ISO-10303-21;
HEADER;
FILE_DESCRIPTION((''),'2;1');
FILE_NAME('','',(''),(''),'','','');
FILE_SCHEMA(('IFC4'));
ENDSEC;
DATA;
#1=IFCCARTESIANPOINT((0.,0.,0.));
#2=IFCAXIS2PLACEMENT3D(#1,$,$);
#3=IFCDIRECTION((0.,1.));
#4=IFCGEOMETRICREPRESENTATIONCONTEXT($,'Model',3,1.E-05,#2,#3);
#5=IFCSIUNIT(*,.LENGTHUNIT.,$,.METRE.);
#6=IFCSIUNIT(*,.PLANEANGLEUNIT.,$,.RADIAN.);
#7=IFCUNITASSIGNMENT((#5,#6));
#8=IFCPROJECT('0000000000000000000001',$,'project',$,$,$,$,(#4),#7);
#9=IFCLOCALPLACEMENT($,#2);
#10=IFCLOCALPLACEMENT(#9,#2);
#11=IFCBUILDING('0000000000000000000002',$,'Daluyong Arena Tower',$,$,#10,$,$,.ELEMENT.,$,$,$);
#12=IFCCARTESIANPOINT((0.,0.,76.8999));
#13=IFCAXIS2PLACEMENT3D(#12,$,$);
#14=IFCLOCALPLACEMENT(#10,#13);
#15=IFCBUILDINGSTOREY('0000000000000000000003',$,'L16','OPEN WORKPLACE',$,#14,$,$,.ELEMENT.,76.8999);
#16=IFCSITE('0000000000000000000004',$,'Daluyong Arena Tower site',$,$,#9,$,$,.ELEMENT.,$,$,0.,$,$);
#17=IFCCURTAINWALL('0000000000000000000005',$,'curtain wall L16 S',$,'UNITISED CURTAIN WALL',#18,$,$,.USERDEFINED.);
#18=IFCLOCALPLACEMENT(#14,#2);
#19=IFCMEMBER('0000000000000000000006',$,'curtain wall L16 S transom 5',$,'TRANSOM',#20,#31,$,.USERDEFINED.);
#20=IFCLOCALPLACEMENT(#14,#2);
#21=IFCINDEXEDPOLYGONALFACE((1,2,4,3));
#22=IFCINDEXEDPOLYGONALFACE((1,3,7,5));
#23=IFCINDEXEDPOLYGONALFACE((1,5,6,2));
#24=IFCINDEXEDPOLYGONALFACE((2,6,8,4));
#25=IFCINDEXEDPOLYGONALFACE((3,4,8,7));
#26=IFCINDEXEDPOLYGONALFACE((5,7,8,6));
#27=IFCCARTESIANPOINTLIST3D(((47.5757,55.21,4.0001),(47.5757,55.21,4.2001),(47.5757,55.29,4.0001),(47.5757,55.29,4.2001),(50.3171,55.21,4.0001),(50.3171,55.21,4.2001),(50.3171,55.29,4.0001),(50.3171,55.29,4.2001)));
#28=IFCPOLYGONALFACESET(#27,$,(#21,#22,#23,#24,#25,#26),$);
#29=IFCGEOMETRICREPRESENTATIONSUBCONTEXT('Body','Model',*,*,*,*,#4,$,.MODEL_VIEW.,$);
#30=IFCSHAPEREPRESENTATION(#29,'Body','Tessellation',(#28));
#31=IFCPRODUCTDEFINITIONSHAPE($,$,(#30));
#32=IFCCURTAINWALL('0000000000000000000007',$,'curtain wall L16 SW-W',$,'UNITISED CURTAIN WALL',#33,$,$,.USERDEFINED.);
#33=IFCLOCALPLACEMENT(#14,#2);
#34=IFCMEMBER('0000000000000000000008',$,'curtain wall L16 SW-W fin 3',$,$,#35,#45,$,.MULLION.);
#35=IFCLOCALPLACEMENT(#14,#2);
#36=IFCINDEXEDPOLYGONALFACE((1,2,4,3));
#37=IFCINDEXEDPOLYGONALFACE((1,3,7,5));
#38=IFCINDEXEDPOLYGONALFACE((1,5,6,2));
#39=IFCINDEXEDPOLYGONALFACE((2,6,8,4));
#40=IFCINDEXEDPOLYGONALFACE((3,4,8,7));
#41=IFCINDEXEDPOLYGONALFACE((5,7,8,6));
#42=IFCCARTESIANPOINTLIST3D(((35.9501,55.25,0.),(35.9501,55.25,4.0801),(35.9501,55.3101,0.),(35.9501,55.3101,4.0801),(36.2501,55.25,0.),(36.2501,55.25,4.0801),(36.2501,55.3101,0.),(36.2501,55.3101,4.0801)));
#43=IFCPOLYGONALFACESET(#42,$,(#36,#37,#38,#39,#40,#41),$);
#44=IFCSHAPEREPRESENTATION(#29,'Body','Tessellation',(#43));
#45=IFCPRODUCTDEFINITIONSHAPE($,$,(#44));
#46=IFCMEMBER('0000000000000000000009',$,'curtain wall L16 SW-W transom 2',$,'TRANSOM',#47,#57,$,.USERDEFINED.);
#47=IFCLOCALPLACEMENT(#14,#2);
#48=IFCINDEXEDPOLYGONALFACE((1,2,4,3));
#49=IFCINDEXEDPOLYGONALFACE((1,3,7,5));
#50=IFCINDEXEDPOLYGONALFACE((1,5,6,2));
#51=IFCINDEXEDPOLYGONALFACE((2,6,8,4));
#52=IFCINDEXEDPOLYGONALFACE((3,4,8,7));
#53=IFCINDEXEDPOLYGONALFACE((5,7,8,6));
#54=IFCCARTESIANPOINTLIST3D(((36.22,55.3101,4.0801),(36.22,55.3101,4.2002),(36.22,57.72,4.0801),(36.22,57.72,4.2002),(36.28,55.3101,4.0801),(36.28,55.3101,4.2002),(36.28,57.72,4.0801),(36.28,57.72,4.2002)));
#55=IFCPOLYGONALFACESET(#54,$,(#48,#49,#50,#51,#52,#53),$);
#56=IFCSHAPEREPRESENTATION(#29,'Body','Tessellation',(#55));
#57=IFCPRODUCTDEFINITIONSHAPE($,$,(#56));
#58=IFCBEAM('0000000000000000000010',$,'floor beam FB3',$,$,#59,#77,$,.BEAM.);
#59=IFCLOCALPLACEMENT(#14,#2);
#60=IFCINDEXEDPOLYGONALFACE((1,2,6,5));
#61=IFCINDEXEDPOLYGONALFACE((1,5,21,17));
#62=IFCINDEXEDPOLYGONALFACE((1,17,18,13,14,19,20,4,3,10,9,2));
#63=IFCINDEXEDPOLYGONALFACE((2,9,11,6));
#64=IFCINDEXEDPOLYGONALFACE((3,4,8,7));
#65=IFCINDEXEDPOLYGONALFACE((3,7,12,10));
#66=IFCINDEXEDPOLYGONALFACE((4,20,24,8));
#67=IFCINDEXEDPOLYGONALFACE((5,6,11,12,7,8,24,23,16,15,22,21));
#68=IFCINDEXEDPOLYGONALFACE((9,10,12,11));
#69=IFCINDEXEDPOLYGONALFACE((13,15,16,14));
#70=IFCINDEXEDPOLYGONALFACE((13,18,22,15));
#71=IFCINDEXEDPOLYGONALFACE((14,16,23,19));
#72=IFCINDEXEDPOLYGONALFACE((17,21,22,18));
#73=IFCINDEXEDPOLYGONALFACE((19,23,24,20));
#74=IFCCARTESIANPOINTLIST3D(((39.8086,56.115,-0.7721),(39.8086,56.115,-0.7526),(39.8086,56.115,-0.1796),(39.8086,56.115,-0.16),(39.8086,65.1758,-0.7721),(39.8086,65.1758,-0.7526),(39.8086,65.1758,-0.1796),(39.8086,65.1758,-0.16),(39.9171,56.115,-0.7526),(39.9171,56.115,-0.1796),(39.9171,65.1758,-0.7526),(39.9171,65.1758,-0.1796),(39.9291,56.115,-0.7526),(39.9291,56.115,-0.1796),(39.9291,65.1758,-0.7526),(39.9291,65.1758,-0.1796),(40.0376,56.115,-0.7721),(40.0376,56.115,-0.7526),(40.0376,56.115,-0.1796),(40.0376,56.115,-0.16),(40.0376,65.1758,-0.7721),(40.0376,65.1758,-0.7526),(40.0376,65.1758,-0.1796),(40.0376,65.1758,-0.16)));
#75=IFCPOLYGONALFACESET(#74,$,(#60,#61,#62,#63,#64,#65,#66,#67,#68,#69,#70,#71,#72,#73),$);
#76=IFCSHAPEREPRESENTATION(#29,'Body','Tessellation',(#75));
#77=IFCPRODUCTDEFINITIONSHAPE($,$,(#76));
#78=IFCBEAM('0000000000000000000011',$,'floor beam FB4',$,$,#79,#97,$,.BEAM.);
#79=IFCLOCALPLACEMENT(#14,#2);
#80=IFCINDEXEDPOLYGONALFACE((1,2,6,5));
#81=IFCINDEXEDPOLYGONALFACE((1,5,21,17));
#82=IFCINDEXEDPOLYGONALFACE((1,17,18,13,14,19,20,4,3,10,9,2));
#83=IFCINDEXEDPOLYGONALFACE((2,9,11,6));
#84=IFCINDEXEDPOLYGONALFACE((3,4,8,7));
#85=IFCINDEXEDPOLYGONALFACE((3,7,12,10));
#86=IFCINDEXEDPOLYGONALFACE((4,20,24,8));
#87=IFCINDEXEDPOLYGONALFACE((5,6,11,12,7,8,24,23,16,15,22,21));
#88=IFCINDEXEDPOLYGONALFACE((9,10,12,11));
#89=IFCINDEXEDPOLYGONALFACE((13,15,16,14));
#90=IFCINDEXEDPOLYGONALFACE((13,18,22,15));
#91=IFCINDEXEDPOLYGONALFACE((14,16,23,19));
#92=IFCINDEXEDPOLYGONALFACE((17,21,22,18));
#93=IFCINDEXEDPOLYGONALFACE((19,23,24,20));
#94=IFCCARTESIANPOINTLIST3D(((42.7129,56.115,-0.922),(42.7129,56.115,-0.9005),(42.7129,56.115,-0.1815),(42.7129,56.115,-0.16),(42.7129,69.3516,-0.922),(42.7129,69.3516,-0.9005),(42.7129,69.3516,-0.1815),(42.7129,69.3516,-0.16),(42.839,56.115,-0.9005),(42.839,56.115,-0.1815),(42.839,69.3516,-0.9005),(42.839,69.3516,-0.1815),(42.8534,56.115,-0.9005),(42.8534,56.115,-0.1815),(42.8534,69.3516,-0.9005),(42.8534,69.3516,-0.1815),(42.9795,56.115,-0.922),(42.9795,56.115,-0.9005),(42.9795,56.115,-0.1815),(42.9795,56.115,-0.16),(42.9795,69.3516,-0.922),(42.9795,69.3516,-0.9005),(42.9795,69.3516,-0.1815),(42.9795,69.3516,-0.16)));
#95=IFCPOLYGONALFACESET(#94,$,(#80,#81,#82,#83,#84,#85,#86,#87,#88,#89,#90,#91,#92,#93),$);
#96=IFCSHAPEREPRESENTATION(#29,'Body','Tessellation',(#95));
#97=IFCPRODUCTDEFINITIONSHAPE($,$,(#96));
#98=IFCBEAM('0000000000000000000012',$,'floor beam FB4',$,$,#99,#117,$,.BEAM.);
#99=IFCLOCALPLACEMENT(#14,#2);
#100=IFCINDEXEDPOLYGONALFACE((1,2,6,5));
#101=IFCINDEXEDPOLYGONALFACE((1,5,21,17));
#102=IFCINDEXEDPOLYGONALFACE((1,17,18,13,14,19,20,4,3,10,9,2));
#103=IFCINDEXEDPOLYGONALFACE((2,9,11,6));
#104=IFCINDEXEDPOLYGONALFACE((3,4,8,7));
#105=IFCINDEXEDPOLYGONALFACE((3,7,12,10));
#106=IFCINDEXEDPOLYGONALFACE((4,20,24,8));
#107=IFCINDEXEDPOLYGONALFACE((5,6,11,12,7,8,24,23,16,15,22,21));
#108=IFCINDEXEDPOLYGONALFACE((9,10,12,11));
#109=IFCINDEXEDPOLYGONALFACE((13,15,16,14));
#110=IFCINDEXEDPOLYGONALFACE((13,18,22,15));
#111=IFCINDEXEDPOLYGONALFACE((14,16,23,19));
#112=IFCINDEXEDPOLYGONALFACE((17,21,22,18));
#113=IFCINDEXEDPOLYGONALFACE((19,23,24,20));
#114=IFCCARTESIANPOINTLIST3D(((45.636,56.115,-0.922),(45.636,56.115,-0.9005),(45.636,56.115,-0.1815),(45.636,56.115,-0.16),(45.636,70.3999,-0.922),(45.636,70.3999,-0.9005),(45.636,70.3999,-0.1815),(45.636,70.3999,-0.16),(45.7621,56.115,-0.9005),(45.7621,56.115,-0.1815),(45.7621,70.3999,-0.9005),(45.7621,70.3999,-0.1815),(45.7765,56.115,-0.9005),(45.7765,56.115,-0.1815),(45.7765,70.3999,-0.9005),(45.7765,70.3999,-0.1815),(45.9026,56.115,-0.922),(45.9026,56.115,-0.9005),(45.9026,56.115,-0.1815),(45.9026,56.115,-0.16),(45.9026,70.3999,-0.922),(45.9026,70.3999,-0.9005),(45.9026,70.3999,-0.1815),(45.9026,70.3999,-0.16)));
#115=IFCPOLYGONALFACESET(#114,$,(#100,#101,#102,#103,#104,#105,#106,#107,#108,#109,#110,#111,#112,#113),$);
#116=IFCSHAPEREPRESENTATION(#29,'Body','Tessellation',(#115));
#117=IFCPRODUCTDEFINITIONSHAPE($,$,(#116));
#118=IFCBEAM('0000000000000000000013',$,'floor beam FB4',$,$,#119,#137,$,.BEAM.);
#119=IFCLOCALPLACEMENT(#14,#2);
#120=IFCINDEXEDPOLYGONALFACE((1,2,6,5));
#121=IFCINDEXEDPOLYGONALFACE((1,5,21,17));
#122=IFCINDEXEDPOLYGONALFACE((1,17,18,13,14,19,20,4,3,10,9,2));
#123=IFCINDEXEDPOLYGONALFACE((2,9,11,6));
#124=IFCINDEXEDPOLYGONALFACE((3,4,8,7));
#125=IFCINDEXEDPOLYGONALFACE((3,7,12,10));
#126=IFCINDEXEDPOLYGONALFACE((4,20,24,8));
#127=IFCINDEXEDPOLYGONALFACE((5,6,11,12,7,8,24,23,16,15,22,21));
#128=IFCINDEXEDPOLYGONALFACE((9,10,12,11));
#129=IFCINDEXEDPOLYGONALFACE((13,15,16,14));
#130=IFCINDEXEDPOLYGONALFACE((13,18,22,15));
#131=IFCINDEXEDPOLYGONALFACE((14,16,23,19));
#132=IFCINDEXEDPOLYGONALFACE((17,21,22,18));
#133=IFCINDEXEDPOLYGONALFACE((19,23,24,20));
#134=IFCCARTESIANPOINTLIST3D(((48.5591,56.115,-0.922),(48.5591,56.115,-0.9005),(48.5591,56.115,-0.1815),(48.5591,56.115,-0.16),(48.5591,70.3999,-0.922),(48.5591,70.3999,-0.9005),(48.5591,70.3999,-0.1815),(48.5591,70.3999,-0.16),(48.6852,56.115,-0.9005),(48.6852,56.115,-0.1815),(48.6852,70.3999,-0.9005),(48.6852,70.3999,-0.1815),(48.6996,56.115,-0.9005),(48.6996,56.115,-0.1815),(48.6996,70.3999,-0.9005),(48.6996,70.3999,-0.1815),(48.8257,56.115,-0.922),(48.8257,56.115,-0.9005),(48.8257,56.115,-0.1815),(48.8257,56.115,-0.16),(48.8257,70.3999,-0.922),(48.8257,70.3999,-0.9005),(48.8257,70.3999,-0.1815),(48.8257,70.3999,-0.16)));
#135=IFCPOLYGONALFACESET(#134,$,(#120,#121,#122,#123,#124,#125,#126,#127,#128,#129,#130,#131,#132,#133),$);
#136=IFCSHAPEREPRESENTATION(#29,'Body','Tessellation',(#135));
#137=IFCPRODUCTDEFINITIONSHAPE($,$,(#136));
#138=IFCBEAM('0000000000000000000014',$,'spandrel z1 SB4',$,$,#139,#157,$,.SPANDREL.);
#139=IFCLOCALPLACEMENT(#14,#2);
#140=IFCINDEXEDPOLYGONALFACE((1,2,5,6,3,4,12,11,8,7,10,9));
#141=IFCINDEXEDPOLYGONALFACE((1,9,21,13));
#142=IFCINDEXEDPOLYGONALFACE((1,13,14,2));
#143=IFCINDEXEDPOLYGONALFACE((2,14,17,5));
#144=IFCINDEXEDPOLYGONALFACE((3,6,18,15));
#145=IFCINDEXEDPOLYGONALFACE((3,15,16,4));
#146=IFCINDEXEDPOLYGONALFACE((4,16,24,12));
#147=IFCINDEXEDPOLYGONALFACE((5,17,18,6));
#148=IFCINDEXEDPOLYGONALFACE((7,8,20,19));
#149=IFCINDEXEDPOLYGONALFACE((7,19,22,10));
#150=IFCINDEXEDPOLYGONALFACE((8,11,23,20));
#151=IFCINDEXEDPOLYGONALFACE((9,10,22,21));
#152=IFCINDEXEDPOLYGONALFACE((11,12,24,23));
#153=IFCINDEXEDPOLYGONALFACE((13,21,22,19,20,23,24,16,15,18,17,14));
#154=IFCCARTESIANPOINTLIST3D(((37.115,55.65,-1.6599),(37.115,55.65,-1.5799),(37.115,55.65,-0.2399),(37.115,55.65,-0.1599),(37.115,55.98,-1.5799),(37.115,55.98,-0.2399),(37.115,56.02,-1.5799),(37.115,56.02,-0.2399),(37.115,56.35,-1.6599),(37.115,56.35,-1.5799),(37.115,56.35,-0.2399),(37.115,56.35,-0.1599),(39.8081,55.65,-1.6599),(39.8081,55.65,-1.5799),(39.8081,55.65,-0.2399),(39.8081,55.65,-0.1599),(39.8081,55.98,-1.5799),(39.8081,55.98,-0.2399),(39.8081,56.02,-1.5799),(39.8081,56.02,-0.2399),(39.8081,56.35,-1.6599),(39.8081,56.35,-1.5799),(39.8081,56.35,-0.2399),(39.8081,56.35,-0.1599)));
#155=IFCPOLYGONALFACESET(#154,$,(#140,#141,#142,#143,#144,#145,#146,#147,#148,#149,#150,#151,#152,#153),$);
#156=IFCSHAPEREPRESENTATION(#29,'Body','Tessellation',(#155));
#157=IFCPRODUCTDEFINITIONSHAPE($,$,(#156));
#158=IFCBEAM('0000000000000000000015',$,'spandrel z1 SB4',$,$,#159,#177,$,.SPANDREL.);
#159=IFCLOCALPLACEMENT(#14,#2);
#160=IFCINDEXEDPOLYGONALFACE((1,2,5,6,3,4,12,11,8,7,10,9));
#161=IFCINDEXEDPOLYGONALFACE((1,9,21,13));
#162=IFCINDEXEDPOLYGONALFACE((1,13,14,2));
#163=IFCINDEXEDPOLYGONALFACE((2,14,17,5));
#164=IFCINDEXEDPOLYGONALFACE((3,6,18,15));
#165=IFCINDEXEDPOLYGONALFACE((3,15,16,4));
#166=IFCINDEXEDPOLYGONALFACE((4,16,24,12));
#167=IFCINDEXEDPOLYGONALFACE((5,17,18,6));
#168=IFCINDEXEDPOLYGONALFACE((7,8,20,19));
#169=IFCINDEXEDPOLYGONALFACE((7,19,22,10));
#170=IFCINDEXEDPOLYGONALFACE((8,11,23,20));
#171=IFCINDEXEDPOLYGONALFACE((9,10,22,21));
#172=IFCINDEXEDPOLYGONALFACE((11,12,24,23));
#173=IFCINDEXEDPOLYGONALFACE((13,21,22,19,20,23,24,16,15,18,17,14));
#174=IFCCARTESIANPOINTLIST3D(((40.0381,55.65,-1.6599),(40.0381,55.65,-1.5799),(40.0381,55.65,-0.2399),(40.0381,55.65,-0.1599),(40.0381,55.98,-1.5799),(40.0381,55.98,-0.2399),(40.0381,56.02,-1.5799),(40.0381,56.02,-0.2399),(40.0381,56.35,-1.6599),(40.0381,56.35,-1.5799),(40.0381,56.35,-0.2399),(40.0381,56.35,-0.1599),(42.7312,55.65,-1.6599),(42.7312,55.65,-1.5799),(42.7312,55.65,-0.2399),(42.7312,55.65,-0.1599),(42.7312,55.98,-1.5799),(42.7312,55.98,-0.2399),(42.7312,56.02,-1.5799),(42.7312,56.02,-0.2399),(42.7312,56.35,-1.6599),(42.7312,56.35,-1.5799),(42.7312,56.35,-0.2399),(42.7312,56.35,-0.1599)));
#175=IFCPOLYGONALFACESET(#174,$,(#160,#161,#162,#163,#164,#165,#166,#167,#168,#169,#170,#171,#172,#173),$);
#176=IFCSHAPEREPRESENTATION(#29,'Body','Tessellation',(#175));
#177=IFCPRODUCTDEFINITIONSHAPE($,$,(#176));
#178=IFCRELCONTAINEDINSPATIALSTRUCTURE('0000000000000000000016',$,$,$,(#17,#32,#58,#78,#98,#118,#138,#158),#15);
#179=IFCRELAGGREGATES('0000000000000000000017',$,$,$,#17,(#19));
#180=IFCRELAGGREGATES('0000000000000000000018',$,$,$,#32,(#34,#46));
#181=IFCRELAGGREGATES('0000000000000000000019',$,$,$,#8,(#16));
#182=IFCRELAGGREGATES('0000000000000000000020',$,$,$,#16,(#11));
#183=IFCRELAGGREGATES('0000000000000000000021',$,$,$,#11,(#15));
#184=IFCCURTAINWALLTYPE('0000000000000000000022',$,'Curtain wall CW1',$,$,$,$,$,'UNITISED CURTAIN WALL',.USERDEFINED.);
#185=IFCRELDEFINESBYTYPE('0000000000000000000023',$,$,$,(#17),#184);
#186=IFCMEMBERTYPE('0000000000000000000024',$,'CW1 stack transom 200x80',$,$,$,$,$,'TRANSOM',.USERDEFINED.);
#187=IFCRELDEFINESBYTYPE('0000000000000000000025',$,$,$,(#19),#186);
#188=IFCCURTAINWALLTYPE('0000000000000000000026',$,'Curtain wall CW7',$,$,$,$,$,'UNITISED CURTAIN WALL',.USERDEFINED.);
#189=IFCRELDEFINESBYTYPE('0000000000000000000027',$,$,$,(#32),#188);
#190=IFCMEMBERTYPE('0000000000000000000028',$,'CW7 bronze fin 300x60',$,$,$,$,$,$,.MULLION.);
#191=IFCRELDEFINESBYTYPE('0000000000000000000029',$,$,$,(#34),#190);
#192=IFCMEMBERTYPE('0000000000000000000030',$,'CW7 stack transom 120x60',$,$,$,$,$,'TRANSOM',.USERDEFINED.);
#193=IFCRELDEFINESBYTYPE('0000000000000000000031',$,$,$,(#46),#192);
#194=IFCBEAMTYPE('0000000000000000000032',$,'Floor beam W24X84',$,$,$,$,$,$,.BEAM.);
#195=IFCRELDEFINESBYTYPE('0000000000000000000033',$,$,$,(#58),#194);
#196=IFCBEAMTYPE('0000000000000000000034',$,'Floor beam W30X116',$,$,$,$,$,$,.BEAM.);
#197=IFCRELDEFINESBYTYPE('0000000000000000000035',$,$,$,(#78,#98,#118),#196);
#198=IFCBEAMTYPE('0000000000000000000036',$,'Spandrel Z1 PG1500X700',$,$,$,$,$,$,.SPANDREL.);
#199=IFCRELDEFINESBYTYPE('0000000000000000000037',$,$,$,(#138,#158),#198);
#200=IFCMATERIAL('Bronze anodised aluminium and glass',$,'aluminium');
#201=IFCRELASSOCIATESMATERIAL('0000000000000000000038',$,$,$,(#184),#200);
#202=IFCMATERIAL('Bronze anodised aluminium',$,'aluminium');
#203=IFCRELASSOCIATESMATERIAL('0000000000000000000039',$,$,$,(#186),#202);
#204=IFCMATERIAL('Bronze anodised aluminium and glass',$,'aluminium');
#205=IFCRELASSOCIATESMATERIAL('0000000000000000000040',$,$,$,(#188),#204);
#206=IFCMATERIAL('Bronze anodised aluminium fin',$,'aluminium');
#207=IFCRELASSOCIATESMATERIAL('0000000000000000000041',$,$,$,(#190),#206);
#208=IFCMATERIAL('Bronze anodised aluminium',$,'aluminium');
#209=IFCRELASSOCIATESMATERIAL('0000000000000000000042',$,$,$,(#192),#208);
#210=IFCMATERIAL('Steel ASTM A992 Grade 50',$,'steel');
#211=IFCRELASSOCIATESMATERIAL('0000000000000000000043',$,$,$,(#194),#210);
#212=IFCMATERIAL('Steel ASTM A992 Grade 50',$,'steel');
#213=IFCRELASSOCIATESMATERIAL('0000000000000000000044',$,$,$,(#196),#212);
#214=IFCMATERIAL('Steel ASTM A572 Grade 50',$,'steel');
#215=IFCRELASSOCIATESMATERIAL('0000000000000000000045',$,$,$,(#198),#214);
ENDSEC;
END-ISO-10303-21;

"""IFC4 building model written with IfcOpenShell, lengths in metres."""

from ifc_helpers import new_model, si_unit, direction, frame, origin, origin_2d, place, context, subcontext, project, spatial, rectangle, i_section, extrude, material, material_profile, profile_set, type_object, element, aggregate, save


model = new_model("IFC4")

# Units and contexts
model_context = context("Model", 3, precision=1e-05, world=origin(), true_north=direction((0.0, 1.0)))
body_context = subcontext(model_context, "Body", "Model", "MODEL_VIEW")
ifc_project = project(units=[si_unit("LENGTHUNIT", "METRE"), si_unit("PLANEANGLEUNIT", "RADIAN")], contexts=[model_context])

# Site, building, storey
site_placement = place(None, origin())
site = spatial("IfcSite", under=ifc_project, at=site_placement, Name="Daluyong Arena Tower site", CompositionType="ELEMENT", RefElevation=0.0)
building_placement = place(site_placement, origin())
building = spatial("IfcBuilding", under=site, at=building_placement, Name="Daluyong Arena Tower", CompositionType="ELEMENT")
storey_placement = place(building_placement, frame((0.0, 0.0, 76.8999)))
storey = spatial("IfcBuildingStorey", under=building, at=storey_placement, Name="L16", Description="OPEN WORKPLACE", CompositionType="ELEMENT", Elevation=76.8999)

# Curtain walls, members
ifc_material_1 = material(Name="Bronze anodised aluminium and glass", Category="aluminium")
curtain_wall_type_1 = type_object("IfcCurtainWallType", Name="Curtain wall CW1", ElementType="UNITISED CURTAIN WALL", PredefinedType="USERDEFINED", material=ifc_material_1)
curtain_wall_1_placement = place(storey_placement, origin())
curtain_wall_1 = element("IfcCurtainWall", 1, at=curtain_wall_1_placement, inside=storey, type_object=curtain_wall_type_1, Name="curtain wall L16 S", ObjectType="UNITISED CURTAIN WALL", PredefinedType="USERDEFINED")
ifc_material_2 = material(Name="Bronze anodised aluminium", Category="aluminium")
ifc_material_profile_1 = material_profile(ifc_material_2, rectangle(XDim=0.0801, YDim=0.2, at=origin_2d()))
ifc_profile_set_1 = profile_set([ifc_material_profile_1], Name="Bronze anodised aluminium")
member_type_1 = type_object("IfcMemberType", Name="CW1 stack transom 200x80", ElementType="TRANSOM", PredefinedType="USERDEFINED", material=ifc_profile_set_1)
member_1_placement = place(storey_placement, frame((47.5757, 55.25, 4.1001), z_axis=(1.0, 0.0, 0.0), x_axis=(0.0, 1.0, 0.0)))
member_1 = element("IfcMember", 2, at=member_1_placement, type_object=member_type_1, Name="curtain wall L16 S transom 5", ObjectType="TRANSOM", PredefinedType="USERDEFINED", context=body_context, shape_type="SweptSolid", body=[
    extrude(rectangle(XDim=0.0801, YDim=0.2, at=origin_2d()), origin(), (0.0, 0.0, 1.0), 2.7415),
])
ifc_material_3 = material(Name="Bronze anodised aluminium and glass", Category="aluminium")
curtain_wall_type_2 = type_object("IfcCurtainWallType", Name="Curtain wall CW7", ElementType="UNITISED CURTAIN WALL", PredefinedType="USERDEFINED", material=ifc_material_3)
curtain_wall_2_placement = place(storey_placement, origin())
curtain_wall_2 = element("IfcCurtainWall", 3, at=curtain_wall_2_placement, inside=storey, type_object=curtain_wall_type_2, Name="curtain wall L16 SW-W", ObjectType="UNITISED CURTAIN WALL", PredefinedType="USERDEFINED")
ifc_material_4 = material(Name="Bronze anodised aluminium fin", Category="aluminium")
ifc_material_profile_2 = material_profile(ifc_material_4, rectangle(XDim=0.3, YDim=0.0601, at=origin_2d()))
ifc_profile_set_2 = profile_set([ifc_material_profile_2], Name="Bronze anodised aluminium fin")
member_type_2 = type_object("IfcMemberType", Name="CW7 bronze fin 300x60", PredefinedType="MULLION", material=ifc_profile_set_2)
member_2_placement = place(storey_placement, frame((36.1001, 55.28, 0.0), z_axis=(0.0, 0.0, 1.0), x_axis=(1.0, 0.0, 0.0)))
member_2 = element("IfcMember", 4, at=member_2_placement, type_object=member_type_2, Name="curtain wall L16 SW-W fin 3", PredefinedType="MULLION", context=body_context, shape_type="SweptSolid", body=[
    extrude(rectangle(XDim=0.3, YDim=0.0601, at=origin_2d()), origin(), (0.0, 0.0, 1.0), 4.0801),
])
ifc_material_5 = material(Name="Bronze anodised aluminium", Category="aluminium")
ifc_material_profile_3 = material_profile(ifc_material_5, rectangle(XDim=0.0601, YDim=0.1201, at=origin_2d()))
ifc_profile_set_3 = profile_set([ifc_material_profile_3], Name="Bronze anodised aluminium")
member_type_3 = type_object("IfcMemberType", Name="CW7 stack transom 120x60", ElementType="TRANSOM", PredefinedType="USERDEFINED", material=ifc_profile_set_3)
member_3_placement = place(storey_placement, frame((36.25, 57.72, 4.1401), z_axis=(0.0, -1.0, 0.0), x_axis=(1.0, 0.0, 0.0)))
member_3 = element("IfcMember", 5, at=member_3_placement, type_object=member_type_3, Name="curtain wall L16 SW-W transom 2", ObjectType="TRANSOM", PredefinedType="USERDEFINED", context=body_context, shape_type="SweptSolid", body=[
    extrude(rectangle(XDim=0.0601, YDim=0.1201, at=origin_2d()), origin(), (0.0, 0.0, 1.0), 2.4099),
])

# Beams
ifc_material_6 = material(Name="Steel ASTM A992 Grade 50", Category="steel")
ifc_material_profile_4 = material_profile(ifc_material_6, i_section(OverallWidth=0.229, OverallDepth=0.6121, WebThickness=0.012, FlangeThickness=0.0195, at=origin_2d()))
ifc_profile_set_4 = profile_set([ifc_material_profile_4], Name="Steel ASTM A992 Grade 50")
beam_type_1 = type_object("IfcBeamType", Name="Floor beam W24X84", PredefinedType="BEAM", material=ifc_profile_set_4)
beam_1_placement = place(storey_placement, frame((39.9231, 56.115, -0.4661), z_axis=(0.0, 1.0, 0.0), x_axis=(-1.0, 0.0, 0.0)))
element("IfcBeam", 6, at=beam_1_placement, inside=storey, type_object=beam_type_1, Name="floor beam FB3", PredefinedType="BEAM", context=body_context, shape_type="SweptSolid", body=[
    extrude(i_section(OverallWidth=0.229, OverallDepth=0.6121, WebThickness=0.012, FlangeThickness=0.0195, at=origin_2d()), origin(), (0.0, 0.0, 1.0), 9.0608),
])
ifc_material_7 = material(Name="Steel ASTM A992 Grade 50", Category="steel")
ifc_material_profile_5 = material_profile(ifc_material_7, i_section(OverallWidth=0.2666, OverallDepth=0.762, WebThickness=0.0144, FlangeThickness=0.0215, at=origin_2d()))
ifc_profile_set_5 = profile_set([ifc_material_profile_5], Name="Steel ASTM A992 Grade 50")
beam_type_2 = type_object("IfcBeamType", Name="Floor beam W30X116", PredefinedType="BEAM", material=ifc_profile_set_5)
beam_2_placement = place(storey_placement, frame((42.8462, 56.115, -0.541), z_axis=(0.0, 1.0, 0.0), x_axis=(-1.0, 0.0, 0.0)))
element("IfcBeam", 7, at=beam_2_placement, inside=storey, type_object=beam_type_2, Name="floor beam FB4", PredefinedType="BEAM", context=body_context, shape_type="SweptSolid", body=[
    extrude(i_section(OverallWidth=0.2666, OverallDepth=0.762, WebThickness=0.0144, FlangeThickness=0.0215, at=origin_2d()), origin(), (0.0, 0.0, 1.0), 13.2366),
])
for number, where, z_axis, x_axis, name in (
    (8, (45.7693, 56.115, -0.541), (0.0, 1.0, 0.0), (-1.0, 0.0, 0.0), "floor beam FB4"),
    (9, (48.6924, 56.115, -0.541), (0.0, 1.0, 0.0), (-1.0, 0.0, 0.0), "floor beam FB4"),
):
    element("IfcBeam", number, at=place(storey_placement, frame(where, z_axis=z_axis, x_axis=x_axis)), inside=storey, type_object=beam_type_2, Name=name, PredefinedType="BEAM", context=body_context, shape_type="SweptSolid", body=[
        extrude(i_section(OverallWidth=0.2666, OverallDepth=0.762, WebThickness=0.0144, FlangeThickness=0.0215, at=origin_2d()), origin(), (0.0, 0.0, 1.0), 14.2849),
    ])
ifc_material_8 = material(Name="Steel ASTM A572 Grade 50", Category="steel")
ifc_material_profile_6 = material_profile(ifc_material_8, i_section(OverallWidth=0.7, OverallDepth=1.5, WebThickness=0.04, FlangeThickness=0.08, at=origin_2d()))
ifc_profile_set_6 = profile_set([ifc_material_profile_6], Name="Steel ASTM A572 Grade 50")
beam_type_3 = type_object("IfcBeamType", Name="Spandrel Z1 PG1500X700", PredefinedType="SPANDREL", material=ifc_profile_set_6)
for number, where, z_axis, x_axis, name in (
    (10, (37.115, 56.0, -0.9099), (1.0, 0.0, 0.0), (0.0, 1.0, 0.0), "spandrel z1 SB4"),
    (11, (40.0381, 56.0, -0.9099), (1.0, 0.0, 0.0), (0.0, 1.0, 0.0), "spandrel z1 SB4"),
):
    element("IfcBeam", number, at=place(storey_placement, frame(where, z_axis=z_axis, x_axis=x_axis)), inside=storey, type_object=beam_type_3, Name=name, PredefinedType="SPANDREL", context=body_context, shape_type="SweptSolid", body=[
        extrude(i_section(OverallWidth=0.7, OverallDepth=1.5, WebThickness=0.04, FlangeThickness=0.08, at=origin_2d()), origin(), (0.0, 0.0, 1.0), 2.6931),
    ])

aggregate(curtain_wall_1, [member_1])
aggregate(curtain_wall_2, [member_2, member_3])

save(model, "model.ifc")
